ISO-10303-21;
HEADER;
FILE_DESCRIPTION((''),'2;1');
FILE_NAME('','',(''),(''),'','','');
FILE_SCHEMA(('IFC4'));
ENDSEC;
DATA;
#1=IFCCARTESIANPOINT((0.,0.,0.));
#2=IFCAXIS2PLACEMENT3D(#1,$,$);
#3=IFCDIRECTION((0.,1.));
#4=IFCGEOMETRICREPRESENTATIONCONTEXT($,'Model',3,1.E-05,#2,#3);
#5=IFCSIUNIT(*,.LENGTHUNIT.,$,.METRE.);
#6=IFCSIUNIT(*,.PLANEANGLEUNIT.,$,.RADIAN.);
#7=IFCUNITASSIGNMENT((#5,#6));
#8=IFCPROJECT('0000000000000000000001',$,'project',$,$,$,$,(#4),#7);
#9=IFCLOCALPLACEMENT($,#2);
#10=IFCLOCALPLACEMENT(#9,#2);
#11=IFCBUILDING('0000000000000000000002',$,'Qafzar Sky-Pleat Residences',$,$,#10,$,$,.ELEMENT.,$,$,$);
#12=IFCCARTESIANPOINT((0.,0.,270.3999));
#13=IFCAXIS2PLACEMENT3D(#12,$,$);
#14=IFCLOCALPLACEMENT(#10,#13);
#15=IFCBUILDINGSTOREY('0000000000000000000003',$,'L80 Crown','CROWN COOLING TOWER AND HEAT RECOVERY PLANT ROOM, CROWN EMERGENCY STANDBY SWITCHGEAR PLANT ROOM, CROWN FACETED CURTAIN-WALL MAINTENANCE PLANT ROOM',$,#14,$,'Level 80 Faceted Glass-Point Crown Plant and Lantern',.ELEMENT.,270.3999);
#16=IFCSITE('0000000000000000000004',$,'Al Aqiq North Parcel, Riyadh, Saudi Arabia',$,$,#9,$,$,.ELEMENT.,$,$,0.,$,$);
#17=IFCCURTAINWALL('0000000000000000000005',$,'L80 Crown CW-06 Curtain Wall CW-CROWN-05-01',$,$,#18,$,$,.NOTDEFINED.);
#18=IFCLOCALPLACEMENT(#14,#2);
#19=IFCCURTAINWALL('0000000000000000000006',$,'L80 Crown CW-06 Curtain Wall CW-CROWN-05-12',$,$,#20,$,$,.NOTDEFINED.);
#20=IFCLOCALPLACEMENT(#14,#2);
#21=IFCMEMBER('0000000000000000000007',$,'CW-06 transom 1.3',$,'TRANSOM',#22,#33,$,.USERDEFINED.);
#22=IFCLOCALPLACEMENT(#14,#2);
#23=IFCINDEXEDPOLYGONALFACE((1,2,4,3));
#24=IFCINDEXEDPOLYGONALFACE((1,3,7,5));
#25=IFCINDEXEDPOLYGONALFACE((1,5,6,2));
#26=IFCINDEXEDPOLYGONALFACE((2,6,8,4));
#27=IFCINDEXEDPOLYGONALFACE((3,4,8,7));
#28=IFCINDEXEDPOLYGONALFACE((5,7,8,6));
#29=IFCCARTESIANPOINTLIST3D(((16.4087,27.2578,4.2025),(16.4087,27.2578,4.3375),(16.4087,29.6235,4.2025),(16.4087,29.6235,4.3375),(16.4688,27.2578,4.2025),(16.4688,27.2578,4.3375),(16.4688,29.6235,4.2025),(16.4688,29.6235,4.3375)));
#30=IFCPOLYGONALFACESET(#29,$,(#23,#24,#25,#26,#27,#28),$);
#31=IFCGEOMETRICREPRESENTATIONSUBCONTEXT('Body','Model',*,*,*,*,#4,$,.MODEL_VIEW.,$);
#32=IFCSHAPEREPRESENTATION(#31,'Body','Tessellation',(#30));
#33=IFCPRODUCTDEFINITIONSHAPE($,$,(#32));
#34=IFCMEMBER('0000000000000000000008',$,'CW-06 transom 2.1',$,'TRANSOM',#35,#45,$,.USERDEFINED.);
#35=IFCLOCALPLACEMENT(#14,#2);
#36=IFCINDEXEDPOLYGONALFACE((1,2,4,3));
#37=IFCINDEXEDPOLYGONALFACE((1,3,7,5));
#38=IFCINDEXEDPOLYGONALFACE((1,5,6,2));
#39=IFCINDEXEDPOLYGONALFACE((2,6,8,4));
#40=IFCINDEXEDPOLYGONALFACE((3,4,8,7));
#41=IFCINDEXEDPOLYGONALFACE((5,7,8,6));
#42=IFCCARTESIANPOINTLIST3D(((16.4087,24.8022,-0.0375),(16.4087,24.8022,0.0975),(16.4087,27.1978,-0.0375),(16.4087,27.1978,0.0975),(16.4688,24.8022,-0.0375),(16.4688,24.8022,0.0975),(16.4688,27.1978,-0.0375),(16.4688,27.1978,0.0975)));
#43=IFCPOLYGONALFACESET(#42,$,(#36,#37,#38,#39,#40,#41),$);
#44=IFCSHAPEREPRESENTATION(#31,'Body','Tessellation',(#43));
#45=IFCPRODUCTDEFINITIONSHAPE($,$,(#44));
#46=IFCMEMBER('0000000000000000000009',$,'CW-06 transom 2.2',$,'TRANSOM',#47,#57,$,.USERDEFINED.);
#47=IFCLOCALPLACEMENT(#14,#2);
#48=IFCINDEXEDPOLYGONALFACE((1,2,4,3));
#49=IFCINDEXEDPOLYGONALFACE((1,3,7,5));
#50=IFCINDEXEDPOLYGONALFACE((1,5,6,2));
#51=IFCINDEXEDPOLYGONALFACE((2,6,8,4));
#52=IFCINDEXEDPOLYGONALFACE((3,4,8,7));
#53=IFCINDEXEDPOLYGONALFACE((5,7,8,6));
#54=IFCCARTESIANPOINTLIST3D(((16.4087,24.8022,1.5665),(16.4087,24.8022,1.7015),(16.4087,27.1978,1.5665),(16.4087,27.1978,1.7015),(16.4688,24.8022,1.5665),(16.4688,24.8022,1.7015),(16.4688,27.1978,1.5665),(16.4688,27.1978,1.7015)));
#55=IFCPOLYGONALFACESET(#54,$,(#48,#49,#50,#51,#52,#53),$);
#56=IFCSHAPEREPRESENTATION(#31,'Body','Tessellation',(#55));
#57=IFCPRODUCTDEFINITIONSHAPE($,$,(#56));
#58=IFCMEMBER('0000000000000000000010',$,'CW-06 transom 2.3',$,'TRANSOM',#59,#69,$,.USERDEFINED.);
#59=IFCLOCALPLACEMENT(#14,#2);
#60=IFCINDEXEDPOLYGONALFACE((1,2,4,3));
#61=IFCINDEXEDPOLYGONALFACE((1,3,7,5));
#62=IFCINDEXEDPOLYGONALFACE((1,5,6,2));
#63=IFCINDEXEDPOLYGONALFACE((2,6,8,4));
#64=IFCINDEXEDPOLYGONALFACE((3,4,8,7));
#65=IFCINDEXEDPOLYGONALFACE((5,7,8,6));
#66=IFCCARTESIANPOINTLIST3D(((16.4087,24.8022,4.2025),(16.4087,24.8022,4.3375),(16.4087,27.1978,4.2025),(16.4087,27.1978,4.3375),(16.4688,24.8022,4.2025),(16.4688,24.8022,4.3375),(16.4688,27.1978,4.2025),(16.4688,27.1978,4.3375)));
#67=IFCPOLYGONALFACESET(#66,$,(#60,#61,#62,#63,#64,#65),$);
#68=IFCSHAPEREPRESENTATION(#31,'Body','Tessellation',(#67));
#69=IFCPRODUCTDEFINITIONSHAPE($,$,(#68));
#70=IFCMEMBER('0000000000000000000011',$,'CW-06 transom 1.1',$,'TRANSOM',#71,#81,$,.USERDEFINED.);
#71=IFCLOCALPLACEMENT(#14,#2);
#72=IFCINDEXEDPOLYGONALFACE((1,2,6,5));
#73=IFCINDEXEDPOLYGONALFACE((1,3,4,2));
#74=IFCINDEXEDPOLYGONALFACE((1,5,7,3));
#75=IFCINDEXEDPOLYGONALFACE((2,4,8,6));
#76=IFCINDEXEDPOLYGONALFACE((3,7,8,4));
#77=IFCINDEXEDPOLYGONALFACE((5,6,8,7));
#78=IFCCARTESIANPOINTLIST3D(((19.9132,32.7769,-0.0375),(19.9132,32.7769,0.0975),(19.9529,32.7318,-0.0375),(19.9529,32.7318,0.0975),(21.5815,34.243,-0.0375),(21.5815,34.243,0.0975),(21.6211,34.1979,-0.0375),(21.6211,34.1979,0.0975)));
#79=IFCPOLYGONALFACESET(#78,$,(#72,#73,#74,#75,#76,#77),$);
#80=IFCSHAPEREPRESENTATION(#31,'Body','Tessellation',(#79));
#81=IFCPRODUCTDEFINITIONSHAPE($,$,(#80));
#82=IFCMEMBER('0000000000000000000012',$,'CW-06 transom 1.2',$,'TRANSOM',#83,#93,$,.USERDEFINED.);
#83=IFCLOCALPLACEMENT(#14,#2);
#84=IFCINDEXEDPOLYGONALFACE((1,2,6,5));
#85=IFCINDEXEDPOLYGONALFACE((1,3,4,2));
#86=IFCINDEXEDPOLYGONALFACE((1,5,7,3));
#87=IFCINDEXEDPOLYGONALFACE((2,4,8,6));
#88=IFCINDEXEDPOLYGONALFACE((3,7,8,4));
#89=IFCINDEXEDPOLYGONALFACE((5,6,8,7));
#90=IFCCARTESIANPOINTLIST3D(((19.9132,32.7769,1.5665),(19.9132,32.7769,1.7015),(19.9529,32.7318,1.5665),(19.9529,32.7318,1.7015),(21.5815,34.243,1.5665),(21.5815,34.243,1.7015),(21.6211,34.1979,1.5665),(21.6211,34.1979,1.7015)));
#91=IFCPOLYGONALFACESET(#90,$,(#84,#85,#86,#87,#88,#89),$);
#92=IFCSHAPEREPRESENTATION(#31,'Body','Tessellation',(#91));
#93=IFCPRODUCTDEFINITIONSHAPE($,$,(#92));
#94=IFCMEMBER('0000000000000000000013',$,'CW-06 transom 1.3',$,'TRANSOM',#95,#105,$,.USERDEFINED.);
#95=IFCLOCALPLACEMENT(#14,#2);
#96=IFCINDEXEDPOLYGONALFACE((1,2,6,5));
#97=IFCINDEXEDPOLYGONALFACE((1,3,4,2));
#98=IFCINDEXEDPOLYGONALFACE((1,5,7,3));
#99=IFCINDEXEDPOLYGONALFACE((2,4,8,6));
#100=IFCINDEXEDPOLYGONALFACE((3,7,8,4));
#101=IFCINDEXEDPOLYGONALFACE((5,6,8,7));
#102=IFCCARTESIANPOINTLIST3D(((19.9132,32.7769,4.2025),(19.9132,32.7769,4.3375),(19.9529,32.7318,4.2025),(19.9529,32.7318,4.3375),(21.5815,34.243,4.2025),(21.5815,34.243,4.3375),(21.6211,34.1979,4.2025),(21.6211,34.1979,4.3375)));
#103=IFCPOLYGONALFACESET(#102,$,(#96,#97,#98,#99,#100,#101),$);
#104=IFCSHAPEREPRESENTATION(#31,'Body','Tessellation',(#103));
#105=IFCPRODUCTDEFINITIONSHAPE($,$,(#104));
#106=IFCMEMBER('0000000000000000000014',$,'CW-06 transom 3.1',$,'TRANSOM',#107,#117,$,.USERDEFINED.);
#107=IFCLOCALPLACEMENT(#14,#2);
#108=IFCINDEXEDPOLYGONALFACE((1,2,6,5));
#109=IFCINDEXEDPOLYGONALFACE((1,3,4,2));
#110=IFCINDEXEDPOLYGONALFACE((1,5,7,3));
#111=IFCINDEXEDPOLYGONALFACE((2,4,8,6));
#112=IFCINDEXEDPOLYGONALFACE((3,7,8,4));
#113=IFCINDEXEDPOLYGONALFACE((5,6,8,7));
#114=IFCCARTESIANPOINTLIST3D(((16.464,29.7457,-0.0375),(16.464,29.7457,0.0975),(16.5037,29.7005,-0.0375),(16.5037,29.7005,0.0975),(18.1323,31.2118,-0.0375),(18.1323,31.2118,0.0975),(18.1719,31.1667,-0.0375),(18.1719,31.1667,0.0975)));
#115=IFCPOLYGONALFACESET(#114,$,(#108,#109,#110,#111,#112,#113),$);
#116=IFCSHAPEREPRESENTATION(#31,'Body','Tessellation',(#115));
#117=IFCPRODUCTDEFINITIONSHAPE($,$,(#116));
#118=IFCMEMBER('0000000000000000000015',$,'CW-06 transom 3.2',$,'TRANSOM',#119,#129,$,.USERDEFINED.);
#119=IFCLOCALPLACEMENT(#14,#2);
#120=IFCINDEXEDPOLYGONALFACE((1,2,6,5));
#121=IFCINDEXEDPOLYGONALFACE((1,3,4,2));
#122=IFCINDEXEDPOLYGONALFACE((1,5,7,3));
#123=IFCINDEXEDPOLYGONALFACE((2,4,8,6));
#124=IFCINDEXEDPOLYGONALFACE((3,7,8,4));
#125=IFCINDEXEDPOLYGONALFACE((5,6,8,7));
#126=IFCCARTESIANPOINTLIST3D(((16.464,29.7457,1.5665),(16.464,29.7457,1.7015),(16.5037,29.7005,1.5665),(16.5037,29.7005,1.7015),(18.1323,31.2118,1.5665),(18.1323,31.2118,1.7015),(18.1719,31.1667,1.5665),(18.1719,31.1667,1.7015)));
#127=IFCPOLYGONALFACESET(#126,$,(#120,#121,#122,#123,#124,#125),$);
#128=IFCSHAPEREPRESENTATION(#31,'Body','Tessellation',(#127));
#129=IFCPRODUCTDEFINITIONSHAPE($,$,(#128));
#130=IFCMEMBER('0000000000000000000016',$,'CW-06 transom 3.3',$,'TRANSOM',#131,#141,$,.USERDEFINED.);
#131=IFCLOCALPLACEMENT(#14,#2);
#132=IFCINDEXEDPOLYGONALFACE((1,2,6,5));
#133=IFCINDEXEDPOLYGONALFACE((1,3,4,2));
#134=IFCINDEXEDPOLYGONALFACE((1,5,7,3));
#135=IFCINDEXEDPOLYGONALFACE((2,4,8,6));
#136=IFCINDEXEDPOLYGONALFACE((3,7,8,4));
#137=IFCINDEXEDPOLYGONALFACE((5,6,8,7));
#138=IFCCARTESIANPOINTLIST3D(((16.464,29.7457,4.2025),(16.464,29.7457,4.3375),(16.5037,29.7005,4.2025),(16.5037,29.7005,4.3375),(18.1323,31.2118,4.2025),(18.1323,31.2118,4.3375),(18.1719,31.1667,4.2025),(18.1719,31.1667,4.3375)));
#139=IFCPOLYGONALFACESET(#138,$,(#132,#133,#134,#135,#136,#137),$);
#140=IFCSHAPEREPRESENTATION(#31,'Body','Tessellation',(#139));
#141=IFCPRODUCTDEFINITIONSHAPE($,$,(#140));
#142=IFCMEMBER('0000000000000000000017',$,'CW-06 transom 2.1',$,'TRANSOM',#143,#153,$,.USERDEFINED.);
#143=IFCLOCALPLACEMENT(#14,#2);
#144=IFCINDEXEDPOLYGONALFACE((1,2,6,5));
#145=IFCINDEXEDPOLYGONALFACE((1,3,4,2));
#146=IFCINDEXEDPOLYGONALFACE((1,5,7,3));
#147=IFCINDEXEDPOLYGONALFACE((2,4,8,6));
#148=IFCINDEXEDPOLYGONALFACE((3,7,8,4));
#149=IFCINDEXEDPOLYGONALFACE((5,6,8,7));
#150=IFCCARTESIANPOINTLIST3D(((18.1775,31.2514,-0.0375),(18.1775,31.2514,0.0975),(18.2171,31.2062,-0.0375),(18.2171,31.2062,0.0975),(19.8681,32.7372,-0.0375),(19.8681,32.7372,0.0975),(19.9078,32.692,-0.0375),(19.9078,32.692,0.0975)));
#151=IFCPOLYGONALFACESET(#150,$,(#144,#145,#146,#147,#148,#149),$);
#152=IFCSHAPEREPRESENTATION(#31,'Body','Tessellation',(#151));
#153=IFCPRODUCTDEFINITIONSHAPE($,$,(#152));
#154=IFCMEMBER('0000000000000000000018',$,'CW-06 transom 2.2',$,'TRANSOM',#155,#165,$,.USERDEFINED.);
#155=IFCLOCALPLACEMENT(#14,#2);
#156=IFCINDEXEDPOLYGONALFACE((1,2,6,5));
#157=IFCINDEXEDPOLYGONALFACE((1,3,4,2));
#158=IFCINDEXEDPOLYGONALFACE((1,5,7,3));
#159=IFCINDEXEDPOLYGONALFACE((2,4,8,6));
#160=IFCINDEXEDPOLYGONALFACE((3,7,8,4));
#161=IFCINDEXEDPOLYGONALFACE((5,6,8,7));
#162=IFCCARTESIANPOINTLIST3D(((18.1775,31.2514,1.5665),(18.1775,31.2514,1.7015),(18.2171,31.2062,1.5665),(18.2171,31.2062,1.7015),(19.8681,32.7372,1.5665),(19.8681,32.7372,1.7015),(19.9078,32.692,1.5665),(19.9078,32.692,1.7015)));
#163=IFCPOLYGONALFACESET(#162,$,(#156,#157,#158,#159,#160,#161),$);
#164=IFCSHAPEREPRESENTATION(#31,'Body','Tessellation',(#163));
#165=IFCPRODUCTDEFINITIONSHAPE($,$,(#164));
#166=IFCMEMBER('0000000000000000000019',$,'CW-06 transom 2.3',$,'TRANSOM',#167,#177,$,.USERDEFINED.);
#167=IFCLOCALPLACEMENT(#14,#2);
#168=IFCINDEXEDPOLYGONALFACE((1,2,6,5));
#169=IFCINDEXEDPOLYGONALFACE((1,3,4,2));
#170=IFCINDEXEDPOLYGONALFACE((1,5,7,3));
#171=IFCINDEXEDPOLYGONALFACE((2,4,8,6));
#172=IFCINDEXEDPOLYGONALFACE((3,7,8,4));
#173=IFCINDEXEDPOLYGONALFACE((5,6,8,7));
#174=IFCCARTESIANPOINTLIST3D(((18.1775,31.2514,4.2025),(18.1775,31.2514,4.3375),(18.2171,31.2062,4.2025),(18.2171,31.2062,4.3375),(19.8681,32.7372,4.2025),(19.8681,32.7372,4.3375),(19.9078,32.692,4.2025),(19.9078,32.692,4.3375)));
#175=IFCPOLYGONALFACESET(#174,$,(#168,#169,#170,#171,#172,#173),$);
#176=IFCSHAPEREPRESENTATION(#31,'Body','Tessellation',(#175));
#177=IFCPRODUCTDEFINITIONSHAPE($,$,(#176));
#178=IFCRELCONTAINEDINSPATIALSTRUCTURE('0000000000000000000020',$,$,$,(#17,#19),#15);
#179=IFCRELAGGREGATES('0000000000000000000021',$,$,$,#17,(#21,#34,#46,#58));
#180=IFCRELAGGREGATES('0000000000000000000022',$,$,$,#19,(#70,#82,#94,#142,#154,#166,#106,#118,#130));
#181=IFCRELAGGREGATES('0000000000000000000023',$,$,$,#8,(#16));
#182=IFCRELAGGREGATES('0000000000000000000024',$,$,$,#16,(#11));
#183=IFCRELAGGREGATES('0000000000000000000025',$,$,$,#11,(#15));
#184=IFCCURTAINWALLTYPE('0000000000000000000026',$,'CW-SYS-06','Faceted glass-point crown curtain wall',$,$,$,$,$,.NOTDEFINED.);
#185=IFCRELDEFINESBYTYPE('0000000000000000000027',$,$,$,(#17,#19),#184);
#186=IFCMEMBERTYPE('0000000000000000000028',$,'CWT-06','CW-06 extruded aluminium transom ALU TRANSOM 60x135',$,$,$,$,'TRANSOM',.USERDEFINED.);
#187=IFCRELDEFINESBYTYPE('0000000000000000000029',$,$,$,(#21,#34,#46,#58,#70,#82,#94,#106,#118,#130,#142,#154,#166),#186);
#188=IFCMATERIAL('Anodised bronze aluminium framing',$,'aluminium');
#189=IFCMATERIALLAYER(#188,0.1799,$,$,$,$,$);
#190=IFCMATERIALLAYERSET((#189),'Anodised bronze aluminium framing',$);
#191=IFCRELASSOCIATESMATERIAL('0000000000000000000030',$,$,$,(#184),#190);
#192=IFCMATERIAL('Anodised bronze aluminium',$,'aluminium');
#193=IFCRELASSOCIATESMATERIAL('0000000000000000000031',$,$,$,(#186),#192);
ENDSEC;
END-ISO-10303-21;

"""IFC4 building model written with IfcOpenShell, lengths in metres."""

from ifc_helpers import new_model, si_unit, direction, frame, origin, origin_2d, place, context, subcontext, project, spatial, rectangle, extrude, source, transform, mapped, material, layer, layer_set, material_profile, profile_set, type_object, element, aggregate, save


model = new_model("IFC4")

# Units and contexts
model_context = context("Model", 3, precision=1e-05, world=origin(), true_north=direction((0.0, 1.0)))
body_context = subcontext(model_context, "Body", "Model", "MODEL_VIEW")
ifc_project = project(units=[si_unit("LENGTHUNIT", "METRE"), si_unit("PLANEANGLEUNIT", "RADIAN")], contexts=[model_context])

# Site, building, storey
site_placement = place(None, origin())
site = spatial("IfcSite", under=ifc_project, at=site_placement, Name="Al Aqiq North Parcel, Riyadh, Saudi Arabia", CompositionType="ELEMENT", RefElevation=0.0)
building_placement = place(site_placement, origin())
building = spatial("IfcBuilding", under=site, at=building_placement, Name="Qafzar Sky-Pleat Residences", CompositionType="ELEMENT")
storey_placement = place(building_placement, frame((0.0, 0.0, 270.3999)))
storey = spatial("IfcBuildingStorey", under=building, at=storey_placement, Name="L80 Crown", Description="CROWN COOLING TOWER AND HEAT RECOVERY PLANT ROOM, CROWN EMERGENCY STANDBY SWITCHGEAR PLANT ROOM, CROWN FACETED CURTAIN-WALL MAINTENANCE PLANT ROOM", LongName="Level 80 Faceted Glass-Point Crown Plant and Lantern", CompositionType="ELEMENT", Elevation=270.3999)

# Curtain wall
ifc_material_1 = material(Name="Anodised bronze aluminium framing", Category="aluminium")
ifc_layer_1 = layer(ifc_material_1, 0.1799)
ifc_layer_set_1 = layer_set([ifc_layer_1], Name="Anodised bronze aluminium framing")
curtain_wall_type = type_object("IfcCurtainWallType", Name="CW-SYS-06", Description="Faceted glass-point crown curtain wall", PredefinedType="NOTDEFINED", material=ifc_layer_set_1)
curtain_wall_1_placement = place(storey_placement, origin())
curtain_wall_1 = element("IfcCurtainWall", 1, at=curtain_wall_1_placement, inside=storey, type_object=curtain_wall_type, Name="L80 Crown CW-06 Curtain Wall CW-CROWN-05-01", PredefinedType="NOTDEFINED")
ifc_material_2 = material(Name="Anodised bronze aluminium", Category="aluminium")

# Curtain wall
curtain_wall_2_placement = place(storey_placement, origin())
curtain_wall_2 = element("IfcCurtainWall", 2, at=curtain_wall_2_placement, inside=storey, type_object=curtain_wall_type, Name="L80 Crown CW-06 Curtain Wall CW-CROWN-05-12", PredefinedType="NOTDEFINED")

# Members
ifc_material_profile_1 = material_profile(ifc_material_2, rectangle(XDim=0.0601, YDim=0.135, at=origin_2d()), Name="ALU TRANSOM 60x135")
ifc_profile_set_1 = profile_set([ifc_material_profile_1], Name="Anodised bronze aluminium")
member_type_1 = type_object("IfcMemberType", Name="CWT-06", Description="CW-06 extruded aluminium transom ALU TRANSOM 60x135", ElementType="TRANSOM", PredefinedType="USERDEFINED", material=ifc_profile_set_1)
shared_shape_1 = source(origin(), body_context, "Body", "SweptSolid", [
    extrude(rectangle(XDim=0.0601, YDim=0.135, at=origin_2d()), origin(), (0.0, 0.0, 1.0), 2.3657),
])
member_1_placement = place(storey_placement, frame((16.4387, 29.6235, 4.27), z_axis=(0.0, -1.0, 0.0), x_axis=(1.0, 0.0, 0.0)))
member_1 = element("IfcMember", 3, at=member_1_placement, type_object=member_type_1, Name="CW-06 transom 1.3", ObjectType="TRANSOM", PredefinedType="USERDEFINED", context=body_context, shape_type="MappedRepresentation", body=[
    mapped(shared_shape_1, transform((0.0, 0.0, 0.0), x_axis=(1.0, 0.0, 0.0), y_axis=(0.0, 1.0, 0.0), z_axis=(0.0, 0.0, 1.0), scale=1.0)),
])
shared_shape_2 = source(origin(), body_context, "Body", "SweptSolid", [
    extrude(rectangle(XDim=0.0601, YDim=0.135, at=origin_2d()), origin(), (0.0, 0.0, 1.0), 2.3955),
])
member_2_placement = place(storey_placement, frame((16.4387, 27.1978, 0.03), z_axis=(0.0, -1.0, 0.0), x_axis=(1.0, 0.0, 0.0)))
member_2 = element("IfcMember", 4, at=member_2_placement, type_object=member_type_1, Name="CW-06 transom 2.1", ObjectType="TRANSOM", PredefinedType="USERDEFINED", context=body_context, shape_type="MappedRepresentation", body=[
    mapped(shared_shape_2, transform((0.0, 0.0, 0.0), x_axis=(1.0, 0.0, 0.0), y_axis=(0.0, 1.0, 0.0), z_axis=(0.0, 0.0, 1.0), scale=1.0)),
])
member_3_placement = place(storey_placement, frame((16.4387, 27.1978, 1.634), z_axis=(0.0, -1.0, 0.0), x_axis=(1.0, 0.0, 0.0)))
member_3 = element("IfcMember", 5, at=member_3_placement, type_object=member_type_1, Name="CW-06 transom 2.2", ObjectType="TRANSOM", PredefinedType="USERDEFINED", context=body_context, shape_type="MappedRepresentation", body=[
    mapped(shared_shape_2, transform((0.0, 0.0, 0.0), x_axis=(1.0, 0.0, 0.0), y_axis=(0.0, 1.0, 0.0), z_axis=(0.0, 0.0, 1.0), scale=1.0)),
])
member_4_placement = place(storey_placement, frame((16.4387, 27.1978, 4.27), z_axis=(0.0, -1.0, 0.0), x_axis=(1.0, 0.0, 0.0)))
member_4 = element("IfcMember", 6, at=member_4_placement, type_object=member_type_1, Name="CW-06 transom 2.3", ObjectType="TRANSOM", PredefinedType="USERDEFINED", context=body_context, shape_type="MappedRepresentation", body=[
    mapped(shared_shape_2, transform((0.0, 0.0, 0.0), x_axis=(1.0, 0.0, 0.0), y_axis=(0.0, 1.0, 0.0), z_axis=(0.0, 0.0, 1.0), scale=1.0)),
])
shared_shape_3 = source(origin(), body_context, "Body", "SweptSolid", [
    extrude(rectangle(XDim=0.0601, YDim=0.135, at=origin_2d()), origin(), (0.0, 0.0, 1.0), 2.2209),
])
member_5_placement = place(storey_placement, frame((21.6013, 34.2205, 0.03), z_axis=(-0.751152, -0.66013, 0.0), x_axis=(0.66013, -0.751152, 0.0)))
member_5 = element("IfcMember", 7, at=member_5_placement, type_object=member_type_1, Name="CW-06 transom 1.1", ObjectType="TRANSOM", PredefinedType="USERDEFINED", context=body_context, shape_type="MappedRepresentation", body=[
    mapped(shared_shape_3, transform((0.0, 0.0, 0.0), x_axis=(1.0, 0.0, 0.0), y_axis=(0.0, 1.0, 0.0), z_axis=(0.0, 0.0, 1.0), scale=1.0)),
])
member_6_placement = place(storey_placement, frame((21.6013, 34.2205, 1.634), z_axis=(-0.751152, -0.66013, 0.0), x_axis=(0.66013, -0.751152, 0.0)))
member_6 = element("IfcMember", 8, at=member_6_placement, type_object=member_type_1, Name="CW-06 transom 1.2", ObjectType="TRANSOM", PredefinedType="USERDEFINED", context=body_context, shape_type="MappedRepresentation", body=[
    mapped(shared_shape_3, transform((0.0, 0.0, 0.0), x_axis=(1.0, 0.0, 0.0), y_axis=(0.0, 1.0, 0.0), z_axis=(0.0, 0.0, 1.0), scale=1.0)),
])
member_7_placement = place(storey_placement, frame((21.6013, 34.2205, 4.27), z_axis=(-0.751152, -0.66013, 0.0), x_axis=(0.66013, -0.751152, 0.0)))
member_7 = element("IfcMember", 9, at=member_7_placement, type_object=member_type_1, Name="CW-06 transom 1.3", ObjectType="TRANSOM", PredefinedType="USERDEFINED", context=body_context, shape_type="MappedRepresentation", body=[
    mapped(shared_shape_3, transform((0.0, 0.0, 0.0), x_axis=(1.0, 0.0, 0.0), y_axis=(0.0, 1.0, 0.0), z_axis=(0.0, 0.0, 1.0), scale=1.0)),
])
member_8_placement = place(storey_placement, frame((18.1521, 31.1892, 0.03), z_axis=(-0.751152, -0.66013, 0.0), x_axis=(0.66013, -0.751152, 0.0)))
member_8 = element("IfcMember", 10, at=member_8_placement, type_object=member_type_1, Name="CW-06 transom 3.1", ObjectType="TRANSOM", PredefinedType="USERDEFINED", context=body_context, shape_type="MappedRepresentation", body=[
    mapped(shared_shape_3, transform((0.0, 0.0, 0.0), x_axis=(1.0, 0.0, 0.0), y_axis=(0.0, 1.0, 0.0), z_axis=(0.0, 0.0, 1.0), scale=1.0)),
])
member_9_placement = place(storey_placement, frame((18.1521, 31.1892, 1.634), z_axis=(-0.751152, -0.66013, 0.0), x_axis=(0.66013, -0.751152, 0.0)))
member_9 = element("IfcMember", 11, at=member_9_placement, type_object=member_type_1, Name="CW-06 transom 3.2", ObjectType="TRANSOM", PredefinedType="USERDEFINED", context=body_context, shape_type="MappedRepresentation", body=[
    mapped(shared_shape_3, transform((0.0, 0.0, 0.0), x_axis=(1.0, 0.0, 0.0), y_axis=(0.0, 1.0, 0.0), z_axis=(0.0, 0.0, 1.0), scale=1.0)),
])
member_10_placement = place(storey_placement, frame((18.1521, 31.1892, 4.27), z_axis=(-0.751152, -0.66013, 0.0), x_axis=(0.66013, -0.751152, 0.0)))
member_10 = element("IfcMember", 12, at=member_10_placement, type_object=member_type_1, Name="CW-06 transom 3.3", ObjectType="TRANSOM", PredefinedType="USERDEFINED", context=body_context, shape_type="MappedRepresentation", body=[
    mapped(shared_shape_3, transform((0.0, 0.0, 0.0), x_axis=(1.0, 0.0, 0.0), y_axis=(0.0, 1.0, 0.0), z_axis=(0.0, 0.0, 1.0), scale=1.0)),
])
shared_shape_4 = source(origin(), body_context, "Body", "SweptSolid", [
    extrude(rectangle(XDim=0.0601, YDim=0.135, at=origin_2d()), origin(), (0.0, 0.0, 1.0), 2.2507),
])
member_11_placement = place(storey_placement, frame((19.8879, 32.7146, 0.03), z_axis=(-0.751144, -0.660139, 0.0), x_axis=(0.660139, -0.751144, 0.0)))
member_11 = element("IfcMember", 13, at=member_11_placement, type_object=member_type_1, Name="CW-06 transom 2.1", ObjectType="TRANSOM", PredefinedType="USERDEFINED", context=body_context, shape_type="MappedRepresentation", body=[
    mapped(shared_shape_4, transform((0.0, 0.0, 0.0), x_axis=(1.0, 0.0, 0.0), y_axis=(0.0, 1.0, 0.0), z_axis=(0.0, 0.0, 1.0), scale=1.0)),
])
member_12_placement = place(storey_placement, frame((19.8879, 32.7146, 1.634), z_axis=(-0.751144, -0.660139, 0.0), x_axis=(0.660139, -0.751144, 0.0)))
member_12 = element("IfcMember", 14, at=member_12_placement, type_object=member_type_1, Name="CW-06 transom 2.2", ObjectType="TRANSOM", PredefinedType="USERDEFINED", context=body_context, shape_type="MappedRepresentation", body=[
    mapped(shared_shape_4, transform((0.0, 0.0, 0.0), x_axis=(1.0, 0.0, 0.0), y_axis=(0.0, 1.0, 0.0), z_axis=(0.0, 0.0, 1.0), scale=1.0)),
])
member_13_placement = place(storey_placement, frame((19.8879, 32.7146, 4.27), z_axis=(-0.751144, -0.660139, 0.0), x_axis=(0.660139, -0.751144, 0.0)))
member_13 = element("IfcMember", 15, at=member_13_placement, type_object=member_type_1, Name="CW-06 transom 2.3", ObjectType="TRANSOM", PredefinedType="USERDEFINED", context=body_context, shape_type="MappedRepresentation", body=[
    mapped(shared_shape_4, transform((0.0, 0.0, 0.0), x_axis=(1.0, 0.0, 0.0), y_axis=(0.0, 1.0, 0.0), z_axis=(0.0, 0.0, 1.0), scale=1.0)),
])

aggregate(curtain_wall_1, [member_1, member_2, member_3, member_4])
aggregate(curtain_wall_2, [member_5, member_6, member_7, member_11, member_12, member_13, member_8, member_9, member_10])

save(model, "model.ifc")
